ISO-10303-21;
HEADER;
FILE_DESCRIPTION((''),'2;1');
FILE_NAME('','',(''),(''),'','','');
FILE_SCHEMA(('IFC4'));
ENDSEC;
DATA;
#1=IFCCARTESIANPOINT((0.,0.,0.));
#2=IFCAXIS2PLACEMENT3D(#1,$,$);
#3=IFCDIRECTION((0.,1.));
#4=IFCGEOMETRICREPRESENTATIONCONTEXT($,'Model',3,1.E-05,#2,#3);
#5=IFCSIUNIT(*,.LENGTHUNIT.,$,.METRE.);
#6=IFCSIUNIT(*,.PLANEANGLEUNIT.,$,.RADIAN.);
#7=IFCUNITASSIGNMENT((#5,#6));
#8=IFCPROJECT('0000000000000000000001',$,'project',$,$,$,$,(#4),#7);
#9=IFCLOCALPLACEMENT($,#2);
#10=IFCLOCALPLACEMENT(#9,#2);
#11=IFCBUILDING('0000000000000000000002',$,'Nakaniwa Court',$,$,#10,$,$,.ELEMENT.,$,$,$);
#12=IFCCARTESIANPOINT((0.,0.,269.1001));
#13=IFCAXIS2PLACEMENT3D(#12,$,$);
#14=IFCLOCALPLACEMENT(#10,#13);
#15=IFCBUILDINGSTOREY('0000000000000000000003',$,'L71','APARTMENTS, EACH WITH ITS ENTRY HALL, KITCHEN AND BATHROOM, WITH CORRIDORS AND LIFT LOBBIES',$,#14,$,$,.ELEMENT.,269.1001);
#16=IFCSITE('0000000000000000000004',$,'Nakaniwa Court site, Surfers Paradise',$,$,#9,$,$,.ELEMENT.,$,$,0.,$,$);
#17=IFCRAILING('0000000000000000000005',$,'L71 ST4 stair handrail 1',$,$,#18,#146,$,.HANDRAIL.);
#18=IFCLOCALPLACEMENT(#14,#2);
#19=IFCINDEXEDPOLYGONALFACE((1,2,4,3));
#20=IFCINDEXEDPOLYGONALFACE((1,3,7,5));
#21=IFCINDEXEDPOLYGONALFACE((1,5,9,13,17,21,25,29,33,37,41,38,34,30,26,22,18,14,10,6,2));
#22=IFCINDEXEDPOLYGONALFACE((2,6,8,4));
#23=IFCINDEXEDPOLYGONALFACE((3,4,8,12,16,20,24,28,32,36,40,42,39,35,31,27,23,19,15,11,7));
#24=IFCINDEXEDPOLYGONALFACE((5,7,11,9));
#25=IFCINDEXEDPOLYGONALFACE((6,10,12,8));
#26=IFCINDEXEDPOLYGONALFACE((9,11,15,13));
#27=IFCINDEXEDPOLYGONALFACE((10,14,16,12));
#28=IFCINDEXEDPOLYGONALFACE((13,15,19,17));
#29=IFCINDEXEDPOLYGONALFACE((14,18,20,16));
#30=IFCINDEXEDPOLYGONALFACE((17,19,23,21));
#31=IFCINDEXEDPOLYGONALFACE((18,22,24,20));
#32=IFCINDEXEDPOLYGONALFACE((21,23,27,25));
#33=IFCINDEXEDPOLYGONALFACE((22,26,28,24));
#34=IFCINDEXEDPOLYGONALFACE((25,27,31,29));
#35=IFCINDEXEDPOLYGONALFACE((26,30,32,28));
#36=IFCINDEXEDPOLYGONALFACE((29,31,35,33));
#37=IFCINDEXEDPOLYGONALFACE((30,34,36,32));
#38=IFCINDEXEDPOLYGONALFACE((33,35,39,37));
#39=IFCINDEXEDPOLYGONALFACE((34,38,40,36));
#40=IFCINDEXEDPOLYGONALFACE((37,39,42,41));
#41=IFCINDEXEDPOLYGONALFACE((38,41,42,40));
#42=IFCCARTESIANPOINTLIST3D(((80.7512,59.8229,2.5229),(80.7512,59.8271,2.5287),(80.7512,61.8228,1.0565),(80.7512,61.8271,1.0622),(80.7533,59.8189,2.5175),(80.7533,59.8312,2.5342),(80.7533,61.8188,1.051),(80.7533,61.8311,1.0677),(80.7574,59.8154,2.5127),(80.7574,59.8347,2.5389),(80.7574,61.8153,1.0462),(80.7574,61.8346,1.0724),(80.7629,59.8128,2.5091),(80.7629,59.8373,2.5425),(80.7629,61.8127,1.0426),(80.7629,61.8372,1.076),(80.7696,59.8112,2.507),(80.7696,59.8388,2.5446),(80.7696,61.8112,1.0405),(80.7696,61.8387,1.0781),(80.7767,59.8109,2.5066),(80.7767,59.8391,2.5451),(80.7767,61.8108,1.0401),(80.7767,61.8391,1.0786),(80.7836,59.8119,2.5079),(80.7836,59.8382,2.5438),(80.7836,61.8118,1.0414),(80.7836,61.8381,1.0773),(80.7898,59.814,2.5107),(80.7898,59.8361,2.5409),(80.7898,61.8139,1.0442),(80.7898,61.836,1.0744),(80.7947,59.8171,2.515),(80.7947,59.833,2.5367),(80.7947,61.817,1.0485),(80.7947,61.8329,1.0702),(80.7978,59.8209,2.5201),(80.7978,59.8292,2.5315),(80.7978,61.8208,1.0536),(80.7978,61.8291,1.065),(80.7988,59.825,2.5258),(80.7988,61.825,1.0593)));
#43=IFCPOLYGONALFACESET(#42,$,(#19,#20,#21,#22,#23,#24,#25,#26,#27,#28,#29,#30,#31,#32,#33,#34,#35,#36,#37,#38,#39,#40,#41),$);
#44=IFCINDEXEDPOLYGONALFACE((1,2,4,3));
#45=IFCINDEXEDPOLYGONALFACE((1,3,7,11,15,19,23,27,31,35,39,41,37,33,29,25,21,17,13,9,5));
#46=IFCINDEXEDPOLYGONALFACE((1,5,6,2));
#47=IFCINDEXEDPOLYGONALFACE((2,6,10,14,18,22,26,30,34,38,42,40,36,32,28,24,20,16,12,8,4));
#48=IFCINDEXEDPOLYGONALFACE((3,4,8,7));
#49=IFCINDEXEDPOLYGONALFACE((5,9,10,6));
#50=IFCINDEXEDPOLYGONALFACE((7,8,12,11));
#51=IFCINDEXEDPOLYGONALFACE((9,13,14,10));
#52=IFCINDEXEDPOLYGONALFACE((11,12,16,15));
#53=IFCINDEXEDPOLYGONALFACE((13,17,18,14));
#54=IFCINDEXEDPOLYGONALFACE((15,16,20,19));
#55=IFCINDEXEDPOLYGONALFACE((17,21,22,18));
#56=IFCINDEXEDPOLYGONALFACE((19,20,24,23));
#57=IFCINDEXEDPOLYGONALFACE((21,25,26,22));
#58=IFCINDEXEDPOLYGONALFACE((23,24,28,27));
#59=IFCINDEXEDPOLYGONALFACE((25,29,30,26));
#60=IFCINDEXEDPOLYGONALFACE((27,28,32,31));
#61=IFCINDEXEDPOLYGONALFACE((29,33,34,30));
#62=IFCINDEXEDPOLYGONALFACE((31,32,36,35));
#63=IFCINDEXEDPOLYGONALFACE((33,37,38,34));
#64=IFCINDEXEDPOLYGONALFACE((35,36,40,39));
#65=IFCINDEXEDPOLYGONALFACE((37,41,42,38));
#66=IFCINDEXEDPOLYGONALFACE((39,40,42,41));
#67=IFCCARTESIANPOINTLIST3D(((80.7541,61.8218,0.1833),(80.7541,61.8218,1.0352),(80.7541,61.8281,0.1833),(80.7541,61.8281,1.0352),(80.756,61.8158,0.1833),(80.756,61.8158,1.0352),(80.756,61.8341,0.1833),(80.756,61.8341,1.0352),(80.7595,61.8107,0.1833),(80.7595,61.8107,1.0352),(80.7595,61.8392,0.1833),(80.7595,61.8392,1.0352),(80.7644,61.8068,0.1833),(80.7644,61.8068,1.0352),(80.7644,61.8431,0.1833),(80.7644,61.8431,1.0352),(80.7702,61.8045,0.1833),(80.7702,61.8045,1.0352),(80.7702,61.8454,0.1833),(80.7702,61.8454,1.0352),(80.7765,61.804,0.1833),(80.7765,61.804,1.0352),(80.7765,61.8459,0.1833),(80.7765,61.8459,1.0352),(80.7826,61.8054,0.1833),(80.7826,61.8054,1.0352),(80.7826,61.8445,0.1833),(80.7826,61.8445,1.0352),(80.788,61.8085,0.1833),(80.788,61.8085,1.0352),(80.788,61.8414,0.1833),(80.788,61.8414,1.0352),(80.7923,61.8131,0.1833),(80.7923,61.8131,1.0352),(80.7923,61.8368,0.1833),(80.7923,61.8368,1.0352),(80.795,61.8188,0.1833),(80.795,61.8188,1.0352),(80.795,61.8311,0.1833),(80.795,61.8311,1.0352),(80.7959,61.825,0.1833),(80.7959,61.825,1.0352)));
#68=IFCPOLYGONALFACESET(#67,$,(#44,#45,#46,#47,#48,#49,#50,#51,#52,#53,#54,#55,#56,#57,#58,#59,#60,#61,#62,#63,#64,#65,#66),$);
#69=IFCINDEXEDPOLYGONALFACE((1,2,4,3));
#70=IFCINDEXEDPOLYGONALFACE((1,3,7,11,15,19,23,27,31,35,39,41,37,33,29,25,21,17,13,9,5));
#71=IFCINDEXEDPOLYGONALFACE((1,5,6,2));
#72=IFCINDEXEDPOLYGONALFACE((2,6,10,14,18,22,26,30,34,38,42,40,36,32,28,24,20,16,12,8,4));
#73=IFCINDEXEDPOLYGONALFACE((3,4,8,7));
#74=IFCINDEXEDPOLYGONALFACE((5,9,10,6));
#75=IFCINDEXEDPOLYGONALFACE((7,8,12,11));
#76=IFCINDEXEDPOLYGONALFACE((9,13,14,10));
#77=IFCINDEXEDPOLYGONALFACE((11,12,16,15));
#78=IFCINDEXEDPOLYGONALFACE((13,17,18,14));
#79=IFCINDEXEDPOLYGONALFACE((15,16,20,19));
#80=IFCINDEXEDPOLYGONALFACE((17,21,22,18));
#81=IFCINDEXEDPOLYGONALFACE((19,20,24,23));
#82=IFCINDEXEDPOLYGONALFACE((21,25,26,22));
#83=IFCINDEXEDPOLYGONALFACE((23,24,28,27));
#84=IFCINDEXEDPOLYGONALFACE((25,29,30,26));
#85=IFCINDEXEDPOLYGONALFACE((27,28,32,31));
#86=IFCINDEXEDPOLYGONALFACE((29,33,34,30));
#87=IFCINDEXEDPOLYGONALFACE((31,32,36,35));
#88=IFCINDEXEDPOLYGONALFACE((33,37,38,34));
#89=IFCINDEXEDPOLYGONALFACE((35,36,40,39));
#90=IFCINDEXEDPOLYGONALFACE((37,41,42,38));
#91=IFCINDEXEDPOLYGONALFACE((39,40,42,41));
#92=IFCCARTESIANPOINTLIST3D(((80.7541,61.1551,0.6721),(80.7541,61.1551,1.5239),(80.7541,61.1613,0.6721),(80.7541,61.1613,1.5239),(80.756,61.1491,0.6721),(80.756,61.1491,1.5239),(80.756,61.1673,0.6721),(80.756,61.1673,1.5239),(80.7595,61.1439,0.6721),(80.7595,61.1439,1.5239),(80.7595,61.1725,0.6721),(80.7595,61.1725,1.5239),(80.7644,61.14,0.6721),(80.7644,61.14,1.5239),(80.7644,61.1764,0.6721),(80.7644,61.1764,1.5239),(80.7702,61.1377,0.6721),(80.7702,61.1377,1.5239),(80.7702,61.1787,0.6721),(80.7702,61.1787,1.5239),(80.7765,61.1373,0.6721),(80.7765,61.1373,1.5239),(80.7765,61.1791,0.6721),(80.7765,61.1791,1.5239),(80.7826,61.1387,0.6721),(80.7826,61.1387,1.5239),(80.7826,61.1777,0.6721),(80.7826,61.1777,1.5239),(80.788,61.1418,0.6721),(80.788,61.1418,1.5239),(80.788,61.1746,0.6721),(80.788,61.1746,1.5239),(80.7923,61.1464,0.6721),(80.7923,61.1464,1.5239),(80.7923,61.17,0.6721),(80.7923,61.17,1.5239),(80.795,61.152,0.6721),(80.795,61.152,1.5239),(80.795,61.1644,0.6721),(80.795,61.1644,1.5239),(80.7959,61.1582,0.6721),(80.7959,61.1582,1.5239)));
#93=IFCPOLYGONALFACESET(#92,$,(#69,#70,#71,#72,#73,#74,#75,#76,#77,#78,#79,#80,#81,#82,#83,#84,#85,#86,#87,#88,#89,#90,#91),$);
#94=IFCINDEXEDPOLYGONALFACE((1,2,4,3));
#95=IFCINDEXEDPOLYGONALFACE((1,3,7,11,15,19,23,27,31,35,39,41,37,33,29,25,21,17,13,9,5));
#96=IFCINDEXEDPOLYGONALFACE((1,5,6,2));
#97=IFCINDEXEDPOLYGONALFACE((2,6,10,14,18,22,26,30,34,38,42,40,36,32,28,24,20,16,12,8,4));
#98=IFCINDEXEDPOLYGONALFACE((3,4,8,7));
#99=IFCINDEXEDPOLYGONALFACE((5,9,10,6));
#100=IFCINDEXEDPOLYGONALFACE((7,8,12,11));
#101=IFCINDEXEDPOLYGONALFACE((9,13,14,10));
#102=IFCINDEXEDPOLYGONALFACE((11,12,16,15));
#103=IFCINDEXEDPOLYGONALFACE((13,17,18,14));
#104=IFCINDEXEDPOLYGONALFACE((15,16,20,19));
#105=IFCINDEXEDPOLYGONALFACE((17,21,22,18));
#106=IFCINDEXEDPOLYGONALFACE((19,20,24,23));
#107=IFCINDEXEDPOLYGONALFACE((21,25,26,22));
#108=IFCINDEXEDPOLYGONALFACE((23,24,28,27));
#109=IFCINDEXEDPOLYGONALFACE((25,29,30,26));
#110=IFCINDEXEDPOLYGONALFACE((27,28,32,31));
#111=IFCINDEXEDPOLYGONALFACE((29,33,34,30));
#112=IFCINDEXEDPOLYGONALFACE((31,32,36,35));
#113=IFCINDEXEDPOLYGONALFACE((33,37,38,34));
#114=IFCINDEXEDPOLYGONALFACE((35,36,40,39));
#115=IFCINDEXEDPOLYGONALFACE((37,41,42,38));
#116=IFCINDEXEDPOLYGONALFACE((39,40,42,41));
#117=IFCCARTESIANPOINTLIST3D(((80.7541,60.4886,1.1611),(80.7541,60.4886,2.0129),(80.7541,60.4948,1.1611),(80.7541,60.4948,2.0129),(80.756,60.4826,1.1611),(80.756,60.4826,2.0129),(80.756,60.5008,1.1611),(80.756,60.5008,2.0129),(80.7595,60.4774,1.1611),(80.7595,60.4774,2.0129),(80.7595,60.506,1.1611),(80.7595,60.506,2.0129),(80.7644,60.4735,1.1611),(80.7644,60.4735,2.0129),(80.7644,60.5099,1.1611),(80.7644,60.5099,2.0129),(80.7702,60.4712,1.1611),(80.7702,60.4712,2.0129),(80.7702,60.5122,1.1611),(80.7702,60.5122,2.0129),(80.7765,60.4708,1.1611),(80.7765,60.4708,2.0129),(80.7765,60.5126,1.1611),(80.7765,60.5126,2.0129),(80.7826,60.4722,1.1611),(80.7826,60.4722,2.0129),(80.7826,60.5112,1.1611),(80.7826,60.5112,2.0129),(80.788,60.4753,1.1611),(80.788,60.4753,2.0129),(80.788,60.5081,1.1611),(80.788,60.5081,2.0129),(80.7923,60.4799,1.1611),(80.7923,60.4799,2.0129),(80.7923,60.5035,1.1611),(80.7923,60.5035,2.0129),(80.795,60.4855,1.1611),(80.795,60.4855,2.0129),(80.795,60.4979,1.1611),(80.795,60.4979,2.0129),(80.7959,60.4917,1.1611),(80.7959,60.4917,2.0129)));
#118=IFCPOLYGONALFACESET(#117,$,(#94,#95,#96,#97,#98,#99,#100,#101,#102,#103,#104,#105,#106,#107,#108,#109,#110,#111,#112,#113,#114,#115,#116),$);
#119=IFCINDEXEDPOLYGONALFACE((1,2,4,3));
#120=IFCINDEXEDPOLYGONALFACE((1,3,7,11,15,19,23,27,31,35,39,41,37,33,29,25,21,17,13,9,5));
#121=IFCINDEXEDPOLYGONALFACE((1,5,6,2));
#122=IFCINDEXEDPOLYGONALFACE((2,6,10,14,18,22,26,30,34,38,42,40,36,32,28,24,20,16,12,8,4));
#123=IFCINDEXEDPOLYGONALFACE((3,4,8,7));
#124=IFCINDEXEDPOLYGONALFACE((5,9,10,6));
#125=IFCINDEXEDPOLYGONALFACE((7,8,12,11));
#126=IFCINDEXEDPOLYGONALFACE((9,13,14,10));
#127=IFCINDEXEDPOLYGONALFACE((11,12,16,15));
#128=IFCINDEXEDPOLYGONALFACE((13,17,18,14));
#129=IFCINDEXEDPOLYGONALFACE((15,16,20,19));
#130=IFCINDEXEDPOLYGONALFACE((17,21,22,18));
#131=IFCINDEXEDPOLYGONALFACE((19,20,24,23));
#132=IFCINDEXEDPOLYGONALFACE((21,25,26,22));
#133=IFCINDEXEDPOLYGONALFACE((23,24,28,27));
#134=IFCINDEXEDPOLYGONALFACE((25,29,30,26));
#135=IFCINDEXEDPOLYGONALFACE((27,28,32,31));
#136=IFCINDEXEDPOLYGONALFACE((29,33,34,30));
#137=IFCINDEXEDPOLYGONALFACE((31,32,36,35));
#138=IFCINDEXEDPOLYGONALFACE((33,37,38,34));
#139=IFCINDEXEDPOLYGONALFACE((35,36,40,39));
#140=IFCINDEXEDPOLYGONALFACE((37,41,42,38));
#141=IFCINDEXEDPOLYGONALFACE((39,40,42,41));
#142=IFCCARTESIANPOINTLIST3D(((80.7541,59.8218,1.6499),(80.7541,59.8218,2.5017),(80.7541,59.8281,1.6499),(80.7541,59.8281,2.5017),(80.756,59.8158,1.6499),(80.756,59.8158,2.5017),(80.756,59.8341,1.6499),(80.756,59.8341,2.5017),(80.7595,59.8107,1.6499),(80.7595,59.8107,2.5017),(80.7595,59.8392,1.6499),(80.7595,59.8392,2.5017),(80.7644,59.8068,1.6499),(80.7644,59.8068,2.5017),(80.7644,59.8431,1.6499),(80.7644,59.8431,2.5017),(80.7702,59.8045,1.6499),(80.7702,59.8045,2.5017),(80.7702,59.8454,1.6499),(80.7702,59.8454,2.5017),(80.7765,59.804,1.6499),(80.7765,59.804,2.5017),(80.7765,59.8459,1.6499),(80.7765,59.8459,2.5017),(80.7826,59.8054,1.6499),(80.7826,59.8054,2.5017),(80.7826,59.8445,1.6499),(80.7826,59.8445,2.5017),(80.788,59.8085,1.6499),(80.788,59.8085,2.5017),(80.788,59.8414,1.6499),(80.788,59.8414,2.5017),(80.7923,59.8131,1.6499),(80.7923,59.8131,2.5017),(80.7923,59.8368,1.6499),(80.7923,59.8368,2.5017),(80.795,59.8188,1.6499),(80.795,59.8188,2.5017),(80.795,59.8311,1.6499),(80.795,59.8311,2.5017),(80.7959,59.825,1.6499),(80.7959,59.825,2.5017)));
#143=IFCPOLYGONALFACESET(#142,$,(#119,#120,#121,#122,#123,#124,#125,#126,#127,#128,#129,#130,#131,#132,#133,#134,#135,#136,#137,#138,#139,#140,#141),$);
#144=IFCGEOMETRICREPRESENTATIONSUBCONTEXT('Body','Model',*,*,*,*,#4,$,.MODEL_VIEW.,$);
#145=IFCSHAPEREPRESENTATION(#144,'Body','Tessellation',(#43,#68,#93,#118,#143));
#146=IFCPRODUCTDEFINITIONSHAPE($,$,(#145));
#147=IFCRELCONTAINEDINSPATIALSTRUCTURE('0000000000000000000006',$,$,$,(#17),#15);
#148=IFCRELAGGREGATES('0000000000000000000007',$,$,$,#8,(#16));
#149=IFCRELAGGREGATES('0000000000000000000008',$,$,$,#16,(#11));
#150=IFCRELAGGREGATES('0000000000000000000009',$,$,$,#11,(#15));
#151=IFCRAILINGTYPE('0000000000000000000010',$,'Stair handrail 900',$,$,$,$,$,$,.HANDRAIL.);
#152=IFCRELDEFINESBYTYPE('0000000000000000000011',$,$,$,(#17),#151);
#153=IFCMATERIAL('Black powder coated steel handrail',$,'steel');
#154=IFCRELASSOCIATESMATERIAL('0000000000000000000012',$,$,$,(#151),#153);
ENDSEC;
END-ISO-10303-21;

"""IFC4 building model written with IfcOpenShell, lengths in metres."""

from ifc_helpers import new_model, si_unit, direction, frame, origin, origin_2d, place, context, subcontext, project, spatial, circle, extrude, material, type_object, element, save


model = new_model("IFC4")

# Units and contexts
model_context = context("Model", 3, precision=1e-05, world=origin(), true_north=direction((0.0, 1.0)))
body_context = subcontext(model_context, "Body", "Model", "MODEL_VIEW")
ifc_project = project(units=[si_unit("LENGTHUNIT", "METRE"), si_unit("PLANEANGLEUNIT", "RADIAN")], contexts=[model_context])

# Site, building, storey
site_placement = place(None, origin())
site = spatial("IfcSite", under=ifc_project, at=site_placement, Name="Nakaniwa Court site, Surfers Paradise", CompositionType="ELEMENT", RefElevation=0.0)
building_placement = place(site_placement, origin())
building = spatial("IfcBuilding", under=site, at=building_placement, Name="Nakaniwa Court", CompositionType="ELEMENT")
storey_placement = place(building_placement, frame((0.0, 0.0, 269.1001)))
storey = spatial("IfcBuildingStorey", under=building, at=storey_placement, Name="L71", Description="APARTMENTS, EACH WITH ITS ENTRY HALL, KITCHEN AND BATHROOM, WITH CORRIDORS AND LIFT LOBBIES", CompositionType="ELEMENT", Elevation=269.1001)

# Railing
ifc_material_1 = material(Name="Black powder coated steel handrail", Category="steel")
railing_type_1 = type_object("IfcRailingType", Name="Stair handrail 900", PredefinedType="HANDRAIL", material=ifc_material_1)
railing_1_placement = place(storey_placement, frame((80.7749, 61.825, 0.1833)))
element("IfcRailing", 1, at=railing_1_placement, inside=storey, type_object=railing_type_1, Name="L71 ST4 stair handrail 1", PredefinedType="HANDRAIL", context=body_context, shape_type="SweptSolid", body=[
    extrude(circle(Radius=0.0239, at=origin_2d()), frame((0.0, 0.0, 0.876), z_axis=(0.0, -0.806427, 0.591334), x_axis=(1.0, 0.0, 0.0)), (0.0, 0.0, 1.0), 2.48),
    extrude(circle(Radius=0.021, at=origin_2d()), origin(), (0.0, 0.0, 1.0), 0.8518),
    extrude(circle(Radius=0.021, at=origin_2d()), frame((0.0, -0.6667, 0.4888)), (0.0, 0.0, 1.0), 0.8518),
    extrude(circle(Radius=0.021, at=origin_2d()), frame((0.0, -1.3333, 0.9778)), (0.0, 0.0, 1.0), 0.8518),
    extrude(circle(Radius=0.021, at=origin_2d()), frame((0.0, -2.0, 1.4666)), (0.0, 0.0, 1.0), 0.8518),
])

save(model, "model.ifc")
